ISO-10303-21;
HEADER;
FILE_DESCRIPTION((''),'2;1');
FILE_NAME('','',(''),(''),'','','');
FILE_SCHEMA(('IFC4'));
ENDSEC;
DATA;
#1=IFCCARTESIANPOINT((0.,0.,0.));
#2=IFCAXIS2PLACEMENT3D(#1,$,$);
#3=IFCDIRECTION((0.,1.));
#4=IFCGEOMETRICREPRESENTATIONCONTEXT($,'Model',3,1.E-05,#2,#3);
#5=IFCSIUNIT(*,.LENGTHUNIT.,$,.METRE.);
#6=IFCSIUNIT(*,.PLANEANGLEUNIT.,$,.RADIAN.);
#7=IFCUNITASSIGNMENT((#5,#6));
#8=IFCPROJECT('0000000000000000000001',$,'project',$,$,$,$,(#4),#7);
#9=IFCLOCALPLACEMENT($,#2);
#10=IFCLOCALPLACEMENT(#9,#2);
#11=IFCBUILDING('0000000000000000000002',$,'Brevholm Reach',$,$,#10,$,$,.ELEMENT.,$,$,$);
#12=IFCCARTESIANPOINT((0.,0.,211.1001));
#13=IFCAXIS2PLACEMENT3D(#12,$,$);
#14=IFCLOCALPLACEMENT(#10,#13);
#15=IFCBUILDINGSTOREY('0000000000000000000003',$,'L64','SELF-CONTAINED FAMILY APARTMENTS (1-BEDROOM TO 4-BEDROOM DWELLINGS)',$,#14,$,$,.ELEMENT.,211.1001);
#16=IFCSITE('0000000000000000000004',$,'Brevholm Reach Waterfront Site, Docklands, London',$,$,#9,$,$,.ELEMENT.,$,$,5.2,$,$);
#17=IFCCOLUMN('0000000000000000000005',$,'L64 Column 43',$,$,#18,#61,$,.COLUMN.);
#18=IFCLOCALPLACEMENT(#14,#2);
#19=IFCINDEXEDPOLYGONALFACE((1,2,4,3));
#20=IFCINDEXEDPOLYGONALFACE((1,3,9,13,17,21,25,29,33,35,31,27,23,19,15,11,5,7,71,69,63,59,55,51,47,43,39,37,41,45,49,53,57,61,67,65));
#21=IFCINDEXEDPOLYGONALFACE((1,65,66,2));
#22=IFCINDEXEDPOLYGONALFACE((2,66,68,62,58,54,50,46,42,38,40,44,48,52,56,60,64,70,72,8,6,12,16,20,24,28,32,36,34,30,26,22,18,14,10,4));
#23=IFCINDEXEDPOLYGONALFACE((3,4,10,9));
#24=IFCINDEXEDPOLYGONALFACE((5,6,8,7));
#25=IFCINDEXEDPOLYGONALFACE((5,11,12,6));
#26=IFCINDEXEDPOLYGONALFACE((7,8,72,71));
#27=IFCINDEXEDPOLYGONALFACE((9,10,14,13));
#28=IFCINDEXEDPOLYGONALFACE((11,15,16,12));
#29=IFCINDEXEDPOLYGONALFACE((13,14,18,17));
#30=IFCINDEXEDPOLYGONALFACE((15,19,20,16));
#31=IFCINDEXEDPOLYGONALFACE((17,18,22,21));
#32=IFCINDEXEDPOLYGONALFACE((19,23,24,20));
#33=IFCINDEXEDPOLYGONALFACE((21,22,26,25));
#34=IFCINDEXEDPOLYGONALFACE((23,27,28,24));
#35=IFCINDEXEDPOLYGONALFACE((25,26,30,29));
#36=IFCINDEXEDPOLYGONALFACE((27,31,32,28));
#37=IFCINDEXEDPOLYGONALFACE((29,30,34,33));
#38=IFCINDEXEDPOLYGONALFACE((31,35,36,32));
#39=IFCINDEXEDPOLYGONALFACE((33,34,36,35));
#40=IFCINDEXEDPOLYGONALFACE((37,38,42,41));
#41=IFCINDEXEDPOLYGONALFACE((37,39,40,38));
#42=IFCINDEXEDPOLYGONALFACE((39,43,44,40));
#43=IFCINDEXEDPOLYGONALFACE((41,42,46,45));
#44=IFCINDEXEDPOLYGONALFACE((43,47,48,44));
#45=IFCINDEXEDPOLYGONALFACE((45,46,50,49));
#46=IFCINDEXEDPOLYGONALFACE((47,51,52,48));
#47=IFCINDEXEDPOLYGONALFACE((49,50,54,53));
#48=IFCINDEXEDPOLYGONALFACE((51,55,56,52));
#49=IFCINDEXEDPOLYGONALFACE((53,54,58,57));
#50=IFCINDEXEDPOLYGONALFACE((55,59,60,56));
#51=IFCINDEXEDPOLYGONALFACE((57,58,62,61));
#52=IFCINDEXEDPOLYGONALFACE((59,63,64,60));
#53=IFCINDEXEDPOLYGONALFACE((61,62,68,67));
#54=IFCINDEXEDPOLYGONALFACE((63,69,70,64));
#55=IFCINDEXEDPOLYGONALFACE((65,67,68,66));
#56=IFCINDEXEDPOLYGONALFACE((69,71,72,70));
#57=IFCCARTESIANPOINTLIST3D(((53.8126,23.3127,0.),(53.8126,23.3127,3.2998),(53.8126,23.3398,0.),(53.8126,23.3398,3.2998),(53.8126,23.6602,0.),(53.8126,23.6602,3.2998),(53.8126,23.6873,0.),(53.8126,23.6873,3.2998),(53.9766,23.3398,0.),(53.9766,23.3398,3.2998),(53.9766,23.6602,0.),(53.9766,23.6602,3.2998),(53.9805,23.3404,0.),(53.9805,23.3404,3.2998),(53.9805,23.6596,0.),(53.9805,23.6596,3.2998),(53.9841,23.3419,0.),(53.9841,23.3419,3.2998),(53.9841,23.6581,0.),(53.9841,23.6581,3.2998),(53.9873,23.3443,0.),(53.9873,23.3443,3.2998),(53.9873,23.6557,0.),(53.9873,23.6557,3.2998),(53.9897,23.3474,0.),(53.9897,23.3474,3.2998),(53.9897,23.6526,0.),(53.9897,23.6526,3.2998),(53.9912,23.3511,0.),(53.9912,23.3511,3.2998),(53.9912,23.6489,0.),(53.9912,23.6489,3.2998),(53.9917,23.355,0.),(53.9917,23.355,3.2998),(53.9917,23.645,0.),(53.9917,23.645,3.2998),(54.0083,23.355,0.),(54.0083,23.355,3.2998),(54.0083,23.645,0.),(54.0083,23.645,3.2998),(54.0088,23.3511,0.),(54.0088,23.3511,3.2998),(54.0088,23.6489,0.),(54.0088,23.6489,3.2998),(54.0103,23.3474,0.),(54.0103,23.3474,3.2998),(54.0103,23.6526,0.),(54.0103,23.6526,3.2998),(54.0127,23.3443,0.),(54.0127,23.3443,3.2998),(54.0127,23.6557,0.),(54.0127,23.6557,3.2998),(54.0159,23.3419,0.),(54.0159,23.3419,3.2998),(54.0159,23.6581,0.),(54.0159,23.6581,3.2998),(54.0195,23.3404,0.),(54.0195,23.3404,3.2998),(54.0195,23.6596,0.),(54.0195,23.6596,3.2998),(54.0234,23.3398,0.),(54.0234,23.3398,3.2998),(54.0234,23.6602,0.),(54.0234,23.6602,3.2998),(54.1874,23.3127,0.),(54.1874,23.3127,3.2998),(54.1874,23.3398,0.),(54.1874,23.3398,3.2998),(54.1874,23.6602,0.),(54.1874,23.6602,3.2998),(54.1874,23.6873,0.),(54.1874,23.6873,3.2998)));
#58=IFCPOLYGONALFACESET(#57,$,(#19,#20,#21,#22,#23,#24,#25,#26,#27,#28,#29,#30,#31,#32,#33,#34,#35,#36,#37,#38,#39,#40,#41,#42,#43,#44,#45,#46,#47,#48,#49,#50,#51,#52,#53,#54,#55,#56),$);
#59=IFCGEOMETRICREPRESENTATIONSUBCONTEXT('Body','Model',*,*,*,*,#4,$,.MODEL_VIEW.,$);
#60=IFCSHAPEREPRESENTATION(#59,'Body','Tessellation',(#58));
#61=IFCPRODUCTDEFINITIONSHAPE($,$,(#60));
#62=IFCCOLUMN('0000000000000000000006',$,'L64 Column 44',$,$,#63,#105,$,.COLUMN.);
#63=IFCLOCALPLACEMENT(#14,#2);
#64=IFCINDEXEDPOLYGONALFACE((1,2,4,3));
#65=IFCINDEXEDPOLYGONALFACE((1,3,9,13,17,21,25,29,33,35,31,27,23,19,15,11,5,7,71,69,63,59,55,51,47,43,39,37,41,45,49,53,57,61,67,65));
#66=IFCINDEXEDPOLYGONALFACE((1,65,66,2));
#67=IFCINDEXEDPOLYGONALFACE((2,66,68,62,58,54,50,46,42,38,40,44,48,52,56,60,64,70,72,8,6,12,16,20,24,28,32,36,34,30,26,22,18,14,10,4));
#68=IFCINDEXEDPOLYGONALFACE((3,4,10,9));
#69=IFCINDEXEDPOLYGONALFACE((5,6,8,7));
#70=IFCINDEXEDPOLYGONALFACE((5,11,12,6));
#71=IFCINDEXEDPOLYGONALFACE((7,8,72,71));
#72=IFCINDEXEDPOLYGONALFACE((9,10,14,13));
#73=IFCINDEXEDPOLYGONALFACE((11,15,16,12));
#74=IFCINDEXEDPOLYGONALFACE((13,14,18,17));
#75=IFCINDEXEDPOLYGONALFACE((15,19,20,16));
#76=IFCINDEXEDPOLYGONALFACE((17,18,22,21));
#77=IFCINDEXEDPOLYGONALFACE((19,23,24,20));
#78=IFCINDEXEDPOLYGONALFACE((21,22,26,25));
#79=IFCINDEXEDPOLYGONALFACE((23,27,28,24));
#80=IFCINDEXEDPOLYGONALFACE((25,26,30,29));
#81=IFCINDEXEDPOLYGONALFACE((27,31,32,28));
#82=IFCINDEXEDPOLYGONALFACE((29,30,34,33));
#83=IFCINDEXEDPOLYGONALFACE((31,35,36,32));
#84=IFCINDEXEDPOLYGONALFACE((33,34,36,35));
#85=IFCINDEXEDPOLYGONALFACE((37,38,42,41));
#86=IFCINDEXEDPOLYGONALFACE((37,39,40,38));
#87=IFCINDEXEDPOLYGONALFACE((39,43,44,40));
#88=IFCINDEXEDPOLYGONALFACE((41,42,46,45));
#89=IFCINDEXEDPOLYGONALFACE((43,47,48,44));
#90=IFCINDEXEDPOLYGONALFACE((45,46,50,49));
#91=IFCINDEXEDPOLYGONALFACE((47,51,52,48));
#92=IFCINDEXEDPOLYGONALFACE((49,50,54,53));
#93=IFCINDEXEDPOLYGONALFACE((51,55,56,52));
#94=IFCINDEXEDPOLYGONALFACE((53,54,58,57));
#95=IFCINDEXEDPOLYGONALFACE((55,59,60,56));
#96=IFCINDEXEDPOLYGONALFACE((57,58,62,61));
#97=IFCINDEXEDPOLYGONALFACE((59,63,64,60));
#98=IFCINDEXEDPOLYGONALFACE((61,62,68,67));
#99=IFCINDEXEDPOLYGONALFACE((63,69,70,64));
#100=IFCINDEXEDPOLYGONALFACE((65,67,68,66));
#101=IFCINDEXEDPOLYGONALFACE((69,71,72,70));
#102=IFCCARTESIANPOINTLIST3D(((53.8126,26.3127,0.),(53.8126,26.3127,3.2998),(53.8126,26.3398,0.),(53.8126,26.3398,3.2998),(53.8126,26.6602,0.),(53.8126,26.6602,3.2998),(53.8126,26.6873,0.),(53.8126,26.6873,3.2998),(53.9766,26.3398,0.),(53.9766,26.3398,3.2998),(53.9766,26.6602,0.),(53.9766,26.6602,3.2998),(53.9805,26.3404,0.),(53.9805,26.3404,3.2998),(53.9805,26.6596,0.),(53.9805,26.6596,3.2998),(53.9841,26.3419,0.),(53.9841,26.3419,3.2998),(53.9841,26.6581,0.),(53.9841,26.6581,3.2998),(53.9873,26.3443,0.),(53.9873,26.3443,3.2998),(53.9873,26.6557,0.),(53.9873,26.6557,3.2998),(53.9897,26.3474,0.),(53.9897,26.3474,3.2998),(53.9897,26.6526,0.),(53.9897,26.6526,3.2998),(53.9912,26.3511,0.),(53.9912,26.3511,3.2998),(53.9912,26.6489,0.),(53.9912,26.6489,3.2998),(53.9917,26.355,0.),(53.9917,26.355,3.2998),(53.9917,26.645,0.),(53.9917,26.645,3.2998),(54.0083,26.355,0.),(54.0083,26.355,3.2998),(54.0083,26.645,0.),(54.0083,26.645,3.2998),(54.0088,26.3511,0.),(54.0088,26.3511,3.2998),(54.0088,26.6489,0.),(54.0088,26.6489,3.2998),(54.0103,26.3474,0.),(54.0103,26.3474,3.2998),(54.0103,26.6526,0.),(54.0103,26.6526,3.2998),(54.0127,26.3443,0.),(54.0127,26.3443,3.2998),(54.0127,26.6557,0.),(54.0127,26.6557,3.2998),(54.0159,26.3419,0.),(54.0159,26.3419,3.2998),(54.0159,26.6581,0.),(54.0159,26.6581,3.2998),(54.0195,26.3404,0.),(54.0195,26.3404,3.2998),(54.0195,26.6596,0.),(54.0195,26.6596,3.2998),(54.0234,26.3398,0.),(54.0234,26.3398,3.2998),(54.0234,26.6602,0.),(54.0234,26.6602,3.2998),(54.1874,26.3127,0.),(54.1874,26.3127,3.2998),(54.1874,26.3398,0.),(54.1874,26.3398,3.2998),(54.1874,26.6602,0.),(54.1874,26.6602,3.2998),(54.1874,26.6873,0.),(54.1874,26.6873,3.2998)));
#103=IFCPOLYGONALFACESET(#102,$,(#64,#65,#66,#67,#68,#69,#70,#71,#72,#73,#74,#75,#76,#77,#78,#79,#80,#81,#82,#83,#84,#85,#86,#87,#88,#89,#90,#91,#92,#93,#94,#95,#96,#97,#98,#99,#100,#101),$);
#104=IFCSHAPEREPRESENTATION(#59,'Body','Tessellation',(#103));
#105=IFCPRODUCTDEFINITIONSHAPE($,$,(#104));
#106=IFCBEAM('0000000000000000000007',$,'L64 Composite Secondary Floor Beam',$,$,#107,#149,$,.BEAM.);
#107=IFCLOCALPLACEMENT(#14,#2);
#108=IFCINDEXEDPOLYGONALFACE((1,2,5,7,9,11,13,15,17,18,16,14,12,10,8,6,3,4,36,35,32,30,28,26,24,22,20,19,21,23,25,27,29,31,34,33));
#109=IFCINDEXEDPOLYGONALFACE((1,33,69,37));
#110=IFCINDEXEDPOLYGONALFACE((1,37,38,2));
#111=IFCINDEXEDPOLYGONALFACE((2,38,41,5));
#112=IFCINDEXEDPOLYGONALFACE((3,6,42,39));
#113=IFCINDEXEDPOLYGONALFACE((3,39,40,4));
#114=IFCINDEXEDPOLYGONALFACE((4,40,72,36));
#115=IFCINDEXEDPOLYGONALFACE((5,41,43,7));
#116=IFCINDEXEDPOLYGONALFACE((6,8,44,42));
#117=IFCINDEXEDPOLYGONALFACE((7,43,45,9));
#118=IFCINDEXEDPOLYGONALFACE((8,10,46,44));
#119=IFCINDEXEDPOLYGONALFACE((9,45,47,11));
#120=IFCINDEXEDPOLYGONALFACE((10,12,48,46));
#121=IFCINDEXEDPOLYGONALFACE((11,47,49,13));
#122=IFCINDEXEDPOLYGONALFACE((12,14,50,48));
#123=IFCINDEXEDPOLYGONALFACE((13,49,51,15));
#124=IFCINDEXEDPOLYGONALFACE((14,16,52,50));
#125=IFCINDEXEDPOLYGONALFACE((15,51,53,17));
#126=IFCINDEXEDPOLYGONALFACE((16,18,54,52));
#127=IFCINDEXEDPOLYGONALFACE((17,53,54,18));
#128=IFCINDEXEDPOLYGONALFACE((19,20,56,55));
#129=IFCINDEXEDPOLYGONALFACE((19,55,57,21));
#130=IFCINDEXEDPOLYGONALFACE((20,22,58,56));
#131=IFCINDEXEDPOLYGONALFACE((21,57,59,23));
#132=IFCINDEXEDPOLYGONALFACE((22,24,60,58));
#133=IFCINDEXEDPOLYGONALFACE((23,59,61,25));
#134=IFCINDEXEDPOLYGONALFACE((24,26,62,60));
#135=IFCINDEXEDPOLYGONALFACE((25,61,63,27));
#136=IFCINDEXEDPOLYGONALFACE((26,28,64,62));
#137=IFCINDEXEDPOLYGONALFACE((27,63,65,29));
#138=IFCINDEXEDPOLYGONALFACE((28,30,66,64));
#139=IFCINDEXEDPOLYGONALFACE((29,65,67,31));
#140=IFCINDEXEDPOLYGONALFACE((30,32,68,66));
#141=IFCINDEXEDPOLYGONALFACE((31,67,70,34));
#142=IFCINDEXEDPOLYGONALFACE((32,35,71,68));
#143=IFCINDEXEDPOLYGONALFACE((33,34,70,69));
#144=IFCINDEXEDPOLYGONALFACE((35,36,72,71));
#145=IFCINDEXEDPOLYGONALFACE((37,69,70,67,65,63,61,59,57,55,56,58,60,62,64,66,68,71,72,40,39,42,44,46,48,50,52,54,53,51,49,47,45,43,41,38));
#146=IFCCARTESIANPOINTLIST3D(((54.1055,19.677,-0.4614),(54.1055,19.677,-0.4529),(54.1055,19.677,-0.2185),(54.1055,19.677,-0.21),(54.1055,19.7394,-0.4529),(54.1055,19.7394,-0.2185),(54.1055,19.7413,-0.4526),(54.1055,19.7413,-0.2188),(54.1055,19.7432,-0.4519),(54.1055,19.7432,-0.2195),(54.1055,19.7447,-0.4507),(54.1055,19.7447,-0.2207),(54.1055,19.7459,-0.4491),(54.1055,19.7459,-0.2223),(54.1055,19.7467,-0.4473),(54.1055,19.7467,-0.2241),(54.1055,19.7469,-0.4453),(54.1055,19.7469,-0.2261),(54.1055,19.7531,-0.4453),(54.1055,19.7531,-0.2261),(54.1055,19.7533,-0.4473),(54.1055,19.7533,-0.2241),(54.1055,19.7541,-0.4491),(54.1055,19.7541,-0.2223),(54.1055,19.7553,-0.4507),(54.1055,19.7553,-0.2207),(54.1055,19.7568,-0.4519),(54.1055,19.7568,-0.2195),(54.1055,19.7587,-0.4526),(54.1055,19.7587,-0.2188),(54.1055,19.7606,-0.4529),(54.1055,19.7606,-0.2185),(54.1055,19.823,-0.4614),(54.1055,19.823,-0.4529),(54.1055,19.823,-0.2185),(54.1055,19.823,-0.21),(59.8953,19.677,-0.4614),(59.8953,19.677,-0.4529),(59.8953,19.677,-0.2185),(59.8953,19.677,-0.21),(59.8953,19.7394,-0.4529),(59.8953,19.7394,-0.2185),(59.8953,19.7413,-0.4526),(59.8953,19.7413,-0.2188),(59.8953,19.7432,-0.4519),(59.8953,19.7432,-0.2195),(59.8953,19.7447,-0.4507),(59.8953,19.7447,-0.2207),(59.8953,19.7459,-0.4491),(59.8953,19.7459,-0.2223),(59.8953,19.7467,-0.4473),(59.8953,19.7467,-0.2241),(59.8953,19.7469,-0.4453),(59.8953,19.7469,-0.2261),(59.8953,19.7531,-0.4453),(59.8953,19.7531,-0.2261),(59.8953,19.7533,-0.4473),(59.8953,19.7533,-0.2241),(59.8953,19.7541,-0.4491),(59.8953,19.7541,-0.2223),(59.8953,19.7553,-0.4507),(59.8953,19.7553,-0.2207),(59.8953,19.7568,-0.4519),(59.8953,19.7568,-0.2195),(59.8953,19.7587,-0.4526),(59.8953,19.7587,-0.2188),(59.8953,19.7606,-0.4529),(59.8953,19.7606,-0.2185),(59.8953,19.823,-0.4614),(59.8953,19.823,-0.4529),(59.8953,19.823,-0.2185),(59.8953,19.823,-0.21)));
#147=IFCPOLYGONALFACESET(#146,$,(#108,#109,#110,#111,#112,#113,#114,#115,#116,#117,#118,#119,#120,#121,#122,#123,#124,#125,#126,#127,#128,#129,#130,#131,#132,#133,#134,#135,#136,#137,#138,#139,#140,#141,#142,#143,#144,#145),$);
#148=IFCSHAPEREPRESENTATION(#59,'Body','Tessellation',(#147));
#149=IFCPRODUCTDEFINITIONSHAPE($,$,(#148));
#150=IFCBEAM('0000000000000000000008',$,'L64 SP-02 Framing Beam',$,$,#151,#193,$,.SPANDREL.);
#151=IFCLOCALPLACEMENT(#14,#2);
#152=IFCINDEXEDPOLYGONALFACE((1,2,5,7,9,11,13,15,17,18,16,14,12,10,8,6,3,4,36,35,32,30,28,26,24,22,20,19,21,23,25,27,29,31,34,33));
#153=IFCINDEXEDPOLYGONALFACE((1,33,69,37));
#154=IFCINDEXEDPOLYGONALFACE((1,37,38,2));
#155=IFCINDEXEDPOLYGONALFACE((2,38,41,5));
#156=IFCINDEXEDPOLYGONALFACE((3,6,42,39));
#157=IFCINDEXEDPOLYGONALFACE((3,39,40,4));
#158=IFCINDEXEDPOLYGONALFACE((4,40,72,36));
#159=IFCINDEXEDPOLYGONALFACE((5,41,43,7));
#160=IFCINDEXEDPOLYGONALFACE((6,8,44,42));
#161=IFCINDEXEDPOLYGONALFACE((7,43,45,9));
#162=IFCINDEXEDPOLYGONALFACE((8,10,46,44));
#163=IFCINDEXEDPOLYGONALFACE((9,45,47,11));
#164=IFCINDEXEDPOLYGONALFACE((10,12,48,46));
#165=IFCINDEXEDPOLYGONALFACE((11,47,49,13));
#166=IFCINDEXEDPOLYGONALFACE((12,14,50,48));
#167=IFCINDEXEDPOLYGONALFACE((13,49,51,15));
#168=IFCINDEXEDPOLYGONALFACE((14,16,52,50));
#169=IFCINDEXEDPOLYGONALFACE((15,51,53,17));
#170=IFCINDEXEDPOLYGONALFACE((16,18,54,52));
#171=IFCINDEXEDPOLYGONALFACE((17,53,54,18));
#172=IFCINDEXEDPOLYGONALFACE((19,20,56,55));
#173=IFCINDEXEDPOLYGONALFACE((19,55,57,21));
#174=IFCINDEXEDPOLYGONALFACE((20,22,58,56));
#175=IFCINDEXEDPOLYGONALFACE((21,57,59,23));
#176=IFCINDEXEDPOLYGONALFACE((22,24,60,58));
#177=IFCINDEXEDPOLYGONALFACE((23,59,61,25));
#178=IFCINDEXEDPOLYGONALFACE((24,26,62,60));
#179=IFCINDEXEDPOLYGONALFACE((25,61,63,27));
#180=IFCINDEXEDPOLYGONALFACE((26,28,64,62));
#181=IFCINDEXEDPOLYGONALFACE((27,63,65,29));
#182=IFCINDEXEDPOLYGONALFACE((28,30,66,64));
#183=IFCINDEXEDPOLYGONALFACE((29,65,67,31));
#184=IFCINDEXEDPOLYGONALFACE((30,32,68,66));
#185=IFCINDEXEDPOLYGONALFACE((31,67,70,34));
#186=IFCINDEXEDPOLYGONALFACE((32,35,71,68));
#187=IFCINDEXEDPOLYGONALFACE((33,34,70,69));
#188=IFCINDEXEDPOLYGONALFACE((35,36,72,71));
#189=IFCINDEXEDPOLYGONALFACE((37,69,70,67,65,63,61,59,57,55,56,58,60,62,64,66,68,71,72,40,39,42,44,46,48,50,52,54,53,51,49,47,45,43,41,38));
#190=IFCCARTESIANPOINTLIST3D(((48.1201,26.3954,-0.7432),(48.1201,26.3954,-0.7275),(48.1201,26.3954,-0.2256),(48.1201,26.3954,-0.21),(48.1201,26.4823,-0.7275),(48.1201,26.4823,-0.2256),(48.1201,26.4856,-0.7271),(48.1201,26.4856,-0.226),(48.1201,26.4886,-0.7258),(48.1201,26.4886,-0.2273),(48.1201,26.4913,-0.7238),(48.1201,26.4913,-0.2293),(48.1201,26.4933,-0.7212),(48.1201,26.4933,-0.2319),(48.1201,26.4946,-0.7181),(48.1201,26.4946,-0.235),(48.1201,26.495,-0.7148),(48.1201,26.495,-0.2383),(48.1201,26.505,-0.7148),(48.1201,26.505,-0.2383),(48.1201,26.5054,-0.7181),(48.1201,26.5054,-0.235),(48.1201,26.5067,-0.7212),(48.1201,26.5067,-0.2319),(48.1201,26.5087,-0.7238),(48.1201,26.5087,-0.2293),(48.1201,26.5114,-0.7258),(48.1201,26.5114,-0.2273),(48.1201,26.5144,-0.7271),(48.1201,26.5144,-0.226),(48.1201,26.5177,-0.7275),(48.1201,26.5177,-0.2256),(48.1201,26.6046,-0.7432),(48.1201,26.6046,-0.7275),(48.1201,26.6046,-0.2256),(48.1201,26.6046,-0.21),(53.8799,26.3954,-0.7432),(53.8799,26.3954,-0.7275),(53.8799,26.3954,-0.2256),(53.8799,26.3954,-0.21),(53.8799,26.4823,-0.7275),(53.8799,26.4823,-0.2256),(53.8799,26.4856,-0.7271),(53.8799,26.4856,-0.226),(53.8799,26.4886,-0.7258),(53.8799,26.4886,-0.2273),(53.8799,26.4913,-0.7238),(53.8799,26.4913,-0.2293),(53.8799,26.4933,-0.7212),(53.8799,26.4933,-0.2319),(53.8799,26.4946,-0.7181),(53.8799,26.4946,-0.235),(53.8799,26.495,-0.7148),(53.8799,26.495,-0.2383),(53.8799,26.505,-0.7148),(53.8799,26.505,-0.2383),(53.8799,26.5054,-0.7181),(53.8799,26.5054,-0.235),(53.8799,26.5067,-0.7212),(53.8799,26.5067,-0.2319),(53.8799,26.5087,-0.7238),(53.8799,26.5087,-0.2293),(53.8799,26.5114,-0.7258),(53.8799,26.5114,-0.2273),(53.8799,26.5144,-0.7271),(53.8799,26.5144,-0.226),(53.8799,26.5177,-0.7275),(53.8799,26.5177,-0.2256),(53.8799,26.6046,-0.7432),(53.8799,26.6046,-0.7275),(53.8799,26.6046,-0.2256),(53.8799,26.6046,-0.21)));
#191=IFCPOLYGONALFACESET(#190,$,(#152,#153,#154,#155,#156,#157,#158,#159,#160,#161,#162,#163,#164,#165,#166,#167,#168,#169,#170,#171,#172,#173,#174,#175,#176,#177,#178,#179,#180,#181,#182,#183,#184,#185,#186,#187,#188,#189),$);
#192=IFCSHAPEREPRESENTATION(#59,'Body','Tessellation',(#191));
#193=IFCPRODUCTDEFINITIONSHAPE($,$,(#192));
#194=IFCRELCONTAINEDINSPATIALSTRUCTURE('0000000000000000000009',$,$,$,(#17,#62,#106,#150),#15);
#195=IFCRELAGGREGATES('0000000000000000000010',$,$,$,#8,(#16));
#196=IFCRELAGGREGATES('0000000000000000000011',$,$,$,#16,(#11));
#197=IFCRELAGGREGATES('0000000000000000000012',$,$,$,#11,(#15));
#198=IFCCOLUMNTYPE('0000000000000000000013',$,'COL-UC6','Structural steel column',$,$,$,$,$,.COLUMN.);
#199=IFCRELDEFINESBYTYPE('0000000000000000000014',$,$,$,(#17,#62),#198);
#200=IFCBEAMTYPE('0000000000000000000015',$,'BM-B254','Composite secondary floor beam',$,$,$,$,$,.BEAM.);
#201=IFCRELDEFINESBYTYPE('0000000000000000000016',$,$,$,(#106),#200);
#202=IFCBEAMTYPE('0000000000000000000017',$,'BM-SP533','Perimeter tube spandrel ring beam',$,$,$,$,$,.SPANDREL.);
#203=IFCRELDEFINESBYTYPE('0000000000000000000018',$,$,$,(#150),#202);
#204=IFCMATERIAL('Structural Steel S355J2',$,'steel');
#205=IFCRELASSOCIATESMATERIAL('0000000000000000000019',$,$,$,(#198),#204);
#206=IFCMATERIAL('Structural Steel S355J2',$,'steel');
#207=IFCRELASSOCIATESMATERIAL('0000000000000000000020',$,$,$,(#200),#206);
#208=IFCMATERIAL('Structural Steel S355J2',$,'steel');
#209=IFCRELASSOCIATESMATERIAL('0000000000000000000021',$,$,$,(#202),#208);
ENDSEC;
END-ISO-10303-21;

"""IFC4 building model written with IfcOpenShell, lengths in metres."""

from ifc_helpers import new_model, si_unit, direction, frame, origin, origin_2d, place, context, subcontext, project, spatial, i_section, extrude, material, material_profile, profile_set, type_object, element, save


model = new_model("IFC4")

# Units and contexts
model_context = context("Model", 3, precision=1e-05, world=origin(), true_north=direction((0.0, 1.0)))
body_context = subcontext(model_context, "Body", "Model", "MODEL_VIEW")
ifc_project = project(units=[si_unit("LENGTHUNIT", "METRE"), si_unit("PLANEANGLEUNIT", "RADIAN")], contexts=[model_context])

# Site, building, storey
site_placement = place(None, origin())
site = spatial("IfcSite", under=ifc_project, at=site_placement, Name="Brevholm Reach Waterfront Site, Docklands, London", CompositionType="ELEMENT", RefElevation=5.2)
building_placement = place(site_placement, origin())
building = spatial("IfcBuilding", under=site, at=building_placement, Name="Brevholm Reach", CompositionType="ELEMENT")
storey_placement = place(building_placement, frame((0.0, 0.0, 211.1001)))
storey = spatial("IfcBuildingStorey", under=building, at=storey_placement, Name="L64", Description="SELF-CONTAINED FAMILY APARTMENTS (1-BEDROOM TO 4-BEDROOM DWELLINGS)", CompositionType="ELEMENT", Elevation=211.1001)

# Columns
ifc_material_1 = material(Name="Structural Steel S355J2", Category="steel")
ifc_material_profile_1 = material_profile(ifc_material_1, i_section(OverallWidth=0.3748, OverallDepth=0.3745, WebThickness=0.0166, FlangeThickness=0.0271, FilletRadius=0.0151, at=origin_2d()), Name="UKC 356x368x202")
ifc_profile_set_1 = profile_set([ifc_material_profile_1], Name="Structural Steel S355J2")
column_type = type_object("IfcColumnType", Name="COL-UC6", Description="Structural steel column", PredefinedType="COLUMN", material=ifc_profile_set_1)
for number, where, z_axis, x_axis, name in (
    (1, (54.0, 23.5, 0.0), (0.0, 0.0, 1.0), (1.0, 0.0, 0.0), "L64 Column 43"),
    (2, (54.0, 26.5, 0.0), (0.0, 0.0, 1.0), (1.0, 0.0, 0.0), "L64 Column 44"),
):
    element("IfcColumn", number, at=place(storey_placement, frame(where, z_axis=z_axis, x_axis=x_axis)), inside=storey, type_object=column_type, Name=name, PredefinedType="COLUMN", context=body_context, shape_type="SweptSolid", body=[
        extrude(i_section(OverallWidth=0.3748, OverallDepth=0.3745, WebThickness=0.0166, FlangeThickness=0.0271, FilletRadius=0.0151, at=origin_2d()), origin(), (0.0, 0.0, 1.0), 3.2998),
    ])

# Beams
ifc_material_2 = material(Name="Structural Steel S355J2", Category="steel")
ifc_material_profile_2 = material_profile(ifc_material_2, i_section(OverallWidth=0.146, OverallDepth=0.2515, WebThickness=0.0061, FlangeThickness=0.0085, FilletRadius=0.0076, at=origin_2d()), Name="UKB 254x146x31")
ifc_profile_set_2 = profile_set([ifc_material_profile_2], Name="Structural Steel S355J2")
beam_type_1 = type_object("IfcBeamType", Name="BM-B254", Description="Composite secondary floor beam", PredefinedType="BEAM", material=ifc_profile_set_2)
beam_1_placement = place(storey_placement, frame((54.1055, 19.75, -0.3357), z_axis=(1.0, 0.0, 0.0), x_axis=(0.0, 1.0, 0.0)))
element("IfcBeam", 3, at=beam_1_placement, inside=storey, type_object=beam_type_1, Name="L64 Composite Secondary Floor Beam", PredefinedType="BEAM", context=body_context, shape_type="SweptSolid", body=[
    extrude(i_section(OverallWidth=0.146, OverallDepth=0.2515, WebThickness=0.0061, FlangeThickness=0.0085, FilletRadius=0.0076, at=origin_2d()), origin(), (0.0, 0.0, 1.0), 5.7898),
])
ifc_material_3 = material(Name="Structural Steel S355J2", Category="steel")
ifc_material_profile_3 = material_profile(ifc_material_3, i_section(OverallWidth=0.2092, OverallDepth=0.5332, WebThickness=0.01, FlangeThickness=0.0156, FilletRadius=0.0127, at=origin_2d()), Name="UKB 533x210x92")
ifc_profile_set_3 = profile_set([ifc_material_profile_3], Name="Structural Steel S355J2")
beam_type_2 = type_object("IfcBeamType", Name="BM-SP533", Description="Perimeter tube spandrel ring beam", PredefinedType="SPANDREL", material=ifc_profile_set_3)
beam_2_placement = place(storey_placement, frame((48.1201, 26.5, -0.4766), z_axis=(1.0, 0.0, 0.0), x_axis=(0.0, 1.0, 0.0)))
element("IfcBeam", 4, at=beam_2_placement, inside=storey, type_object=beam_type_2, Name="L64 SP-02 Framing Beam", PredefinedType="SPANDREL", context=body_context, shape_type="SweptSolid", body=[
    extrude(i_section(OverallWidth=0.2092, OverallDepth=0.5332, WebThickness=0.01, FlangeThickness=0.0156, FilletRadius=0.0127, at=origin_2d()), origin(), (0.0, 0.0, 1.0), 5.7598),
])

save(model, "model.ifc")
